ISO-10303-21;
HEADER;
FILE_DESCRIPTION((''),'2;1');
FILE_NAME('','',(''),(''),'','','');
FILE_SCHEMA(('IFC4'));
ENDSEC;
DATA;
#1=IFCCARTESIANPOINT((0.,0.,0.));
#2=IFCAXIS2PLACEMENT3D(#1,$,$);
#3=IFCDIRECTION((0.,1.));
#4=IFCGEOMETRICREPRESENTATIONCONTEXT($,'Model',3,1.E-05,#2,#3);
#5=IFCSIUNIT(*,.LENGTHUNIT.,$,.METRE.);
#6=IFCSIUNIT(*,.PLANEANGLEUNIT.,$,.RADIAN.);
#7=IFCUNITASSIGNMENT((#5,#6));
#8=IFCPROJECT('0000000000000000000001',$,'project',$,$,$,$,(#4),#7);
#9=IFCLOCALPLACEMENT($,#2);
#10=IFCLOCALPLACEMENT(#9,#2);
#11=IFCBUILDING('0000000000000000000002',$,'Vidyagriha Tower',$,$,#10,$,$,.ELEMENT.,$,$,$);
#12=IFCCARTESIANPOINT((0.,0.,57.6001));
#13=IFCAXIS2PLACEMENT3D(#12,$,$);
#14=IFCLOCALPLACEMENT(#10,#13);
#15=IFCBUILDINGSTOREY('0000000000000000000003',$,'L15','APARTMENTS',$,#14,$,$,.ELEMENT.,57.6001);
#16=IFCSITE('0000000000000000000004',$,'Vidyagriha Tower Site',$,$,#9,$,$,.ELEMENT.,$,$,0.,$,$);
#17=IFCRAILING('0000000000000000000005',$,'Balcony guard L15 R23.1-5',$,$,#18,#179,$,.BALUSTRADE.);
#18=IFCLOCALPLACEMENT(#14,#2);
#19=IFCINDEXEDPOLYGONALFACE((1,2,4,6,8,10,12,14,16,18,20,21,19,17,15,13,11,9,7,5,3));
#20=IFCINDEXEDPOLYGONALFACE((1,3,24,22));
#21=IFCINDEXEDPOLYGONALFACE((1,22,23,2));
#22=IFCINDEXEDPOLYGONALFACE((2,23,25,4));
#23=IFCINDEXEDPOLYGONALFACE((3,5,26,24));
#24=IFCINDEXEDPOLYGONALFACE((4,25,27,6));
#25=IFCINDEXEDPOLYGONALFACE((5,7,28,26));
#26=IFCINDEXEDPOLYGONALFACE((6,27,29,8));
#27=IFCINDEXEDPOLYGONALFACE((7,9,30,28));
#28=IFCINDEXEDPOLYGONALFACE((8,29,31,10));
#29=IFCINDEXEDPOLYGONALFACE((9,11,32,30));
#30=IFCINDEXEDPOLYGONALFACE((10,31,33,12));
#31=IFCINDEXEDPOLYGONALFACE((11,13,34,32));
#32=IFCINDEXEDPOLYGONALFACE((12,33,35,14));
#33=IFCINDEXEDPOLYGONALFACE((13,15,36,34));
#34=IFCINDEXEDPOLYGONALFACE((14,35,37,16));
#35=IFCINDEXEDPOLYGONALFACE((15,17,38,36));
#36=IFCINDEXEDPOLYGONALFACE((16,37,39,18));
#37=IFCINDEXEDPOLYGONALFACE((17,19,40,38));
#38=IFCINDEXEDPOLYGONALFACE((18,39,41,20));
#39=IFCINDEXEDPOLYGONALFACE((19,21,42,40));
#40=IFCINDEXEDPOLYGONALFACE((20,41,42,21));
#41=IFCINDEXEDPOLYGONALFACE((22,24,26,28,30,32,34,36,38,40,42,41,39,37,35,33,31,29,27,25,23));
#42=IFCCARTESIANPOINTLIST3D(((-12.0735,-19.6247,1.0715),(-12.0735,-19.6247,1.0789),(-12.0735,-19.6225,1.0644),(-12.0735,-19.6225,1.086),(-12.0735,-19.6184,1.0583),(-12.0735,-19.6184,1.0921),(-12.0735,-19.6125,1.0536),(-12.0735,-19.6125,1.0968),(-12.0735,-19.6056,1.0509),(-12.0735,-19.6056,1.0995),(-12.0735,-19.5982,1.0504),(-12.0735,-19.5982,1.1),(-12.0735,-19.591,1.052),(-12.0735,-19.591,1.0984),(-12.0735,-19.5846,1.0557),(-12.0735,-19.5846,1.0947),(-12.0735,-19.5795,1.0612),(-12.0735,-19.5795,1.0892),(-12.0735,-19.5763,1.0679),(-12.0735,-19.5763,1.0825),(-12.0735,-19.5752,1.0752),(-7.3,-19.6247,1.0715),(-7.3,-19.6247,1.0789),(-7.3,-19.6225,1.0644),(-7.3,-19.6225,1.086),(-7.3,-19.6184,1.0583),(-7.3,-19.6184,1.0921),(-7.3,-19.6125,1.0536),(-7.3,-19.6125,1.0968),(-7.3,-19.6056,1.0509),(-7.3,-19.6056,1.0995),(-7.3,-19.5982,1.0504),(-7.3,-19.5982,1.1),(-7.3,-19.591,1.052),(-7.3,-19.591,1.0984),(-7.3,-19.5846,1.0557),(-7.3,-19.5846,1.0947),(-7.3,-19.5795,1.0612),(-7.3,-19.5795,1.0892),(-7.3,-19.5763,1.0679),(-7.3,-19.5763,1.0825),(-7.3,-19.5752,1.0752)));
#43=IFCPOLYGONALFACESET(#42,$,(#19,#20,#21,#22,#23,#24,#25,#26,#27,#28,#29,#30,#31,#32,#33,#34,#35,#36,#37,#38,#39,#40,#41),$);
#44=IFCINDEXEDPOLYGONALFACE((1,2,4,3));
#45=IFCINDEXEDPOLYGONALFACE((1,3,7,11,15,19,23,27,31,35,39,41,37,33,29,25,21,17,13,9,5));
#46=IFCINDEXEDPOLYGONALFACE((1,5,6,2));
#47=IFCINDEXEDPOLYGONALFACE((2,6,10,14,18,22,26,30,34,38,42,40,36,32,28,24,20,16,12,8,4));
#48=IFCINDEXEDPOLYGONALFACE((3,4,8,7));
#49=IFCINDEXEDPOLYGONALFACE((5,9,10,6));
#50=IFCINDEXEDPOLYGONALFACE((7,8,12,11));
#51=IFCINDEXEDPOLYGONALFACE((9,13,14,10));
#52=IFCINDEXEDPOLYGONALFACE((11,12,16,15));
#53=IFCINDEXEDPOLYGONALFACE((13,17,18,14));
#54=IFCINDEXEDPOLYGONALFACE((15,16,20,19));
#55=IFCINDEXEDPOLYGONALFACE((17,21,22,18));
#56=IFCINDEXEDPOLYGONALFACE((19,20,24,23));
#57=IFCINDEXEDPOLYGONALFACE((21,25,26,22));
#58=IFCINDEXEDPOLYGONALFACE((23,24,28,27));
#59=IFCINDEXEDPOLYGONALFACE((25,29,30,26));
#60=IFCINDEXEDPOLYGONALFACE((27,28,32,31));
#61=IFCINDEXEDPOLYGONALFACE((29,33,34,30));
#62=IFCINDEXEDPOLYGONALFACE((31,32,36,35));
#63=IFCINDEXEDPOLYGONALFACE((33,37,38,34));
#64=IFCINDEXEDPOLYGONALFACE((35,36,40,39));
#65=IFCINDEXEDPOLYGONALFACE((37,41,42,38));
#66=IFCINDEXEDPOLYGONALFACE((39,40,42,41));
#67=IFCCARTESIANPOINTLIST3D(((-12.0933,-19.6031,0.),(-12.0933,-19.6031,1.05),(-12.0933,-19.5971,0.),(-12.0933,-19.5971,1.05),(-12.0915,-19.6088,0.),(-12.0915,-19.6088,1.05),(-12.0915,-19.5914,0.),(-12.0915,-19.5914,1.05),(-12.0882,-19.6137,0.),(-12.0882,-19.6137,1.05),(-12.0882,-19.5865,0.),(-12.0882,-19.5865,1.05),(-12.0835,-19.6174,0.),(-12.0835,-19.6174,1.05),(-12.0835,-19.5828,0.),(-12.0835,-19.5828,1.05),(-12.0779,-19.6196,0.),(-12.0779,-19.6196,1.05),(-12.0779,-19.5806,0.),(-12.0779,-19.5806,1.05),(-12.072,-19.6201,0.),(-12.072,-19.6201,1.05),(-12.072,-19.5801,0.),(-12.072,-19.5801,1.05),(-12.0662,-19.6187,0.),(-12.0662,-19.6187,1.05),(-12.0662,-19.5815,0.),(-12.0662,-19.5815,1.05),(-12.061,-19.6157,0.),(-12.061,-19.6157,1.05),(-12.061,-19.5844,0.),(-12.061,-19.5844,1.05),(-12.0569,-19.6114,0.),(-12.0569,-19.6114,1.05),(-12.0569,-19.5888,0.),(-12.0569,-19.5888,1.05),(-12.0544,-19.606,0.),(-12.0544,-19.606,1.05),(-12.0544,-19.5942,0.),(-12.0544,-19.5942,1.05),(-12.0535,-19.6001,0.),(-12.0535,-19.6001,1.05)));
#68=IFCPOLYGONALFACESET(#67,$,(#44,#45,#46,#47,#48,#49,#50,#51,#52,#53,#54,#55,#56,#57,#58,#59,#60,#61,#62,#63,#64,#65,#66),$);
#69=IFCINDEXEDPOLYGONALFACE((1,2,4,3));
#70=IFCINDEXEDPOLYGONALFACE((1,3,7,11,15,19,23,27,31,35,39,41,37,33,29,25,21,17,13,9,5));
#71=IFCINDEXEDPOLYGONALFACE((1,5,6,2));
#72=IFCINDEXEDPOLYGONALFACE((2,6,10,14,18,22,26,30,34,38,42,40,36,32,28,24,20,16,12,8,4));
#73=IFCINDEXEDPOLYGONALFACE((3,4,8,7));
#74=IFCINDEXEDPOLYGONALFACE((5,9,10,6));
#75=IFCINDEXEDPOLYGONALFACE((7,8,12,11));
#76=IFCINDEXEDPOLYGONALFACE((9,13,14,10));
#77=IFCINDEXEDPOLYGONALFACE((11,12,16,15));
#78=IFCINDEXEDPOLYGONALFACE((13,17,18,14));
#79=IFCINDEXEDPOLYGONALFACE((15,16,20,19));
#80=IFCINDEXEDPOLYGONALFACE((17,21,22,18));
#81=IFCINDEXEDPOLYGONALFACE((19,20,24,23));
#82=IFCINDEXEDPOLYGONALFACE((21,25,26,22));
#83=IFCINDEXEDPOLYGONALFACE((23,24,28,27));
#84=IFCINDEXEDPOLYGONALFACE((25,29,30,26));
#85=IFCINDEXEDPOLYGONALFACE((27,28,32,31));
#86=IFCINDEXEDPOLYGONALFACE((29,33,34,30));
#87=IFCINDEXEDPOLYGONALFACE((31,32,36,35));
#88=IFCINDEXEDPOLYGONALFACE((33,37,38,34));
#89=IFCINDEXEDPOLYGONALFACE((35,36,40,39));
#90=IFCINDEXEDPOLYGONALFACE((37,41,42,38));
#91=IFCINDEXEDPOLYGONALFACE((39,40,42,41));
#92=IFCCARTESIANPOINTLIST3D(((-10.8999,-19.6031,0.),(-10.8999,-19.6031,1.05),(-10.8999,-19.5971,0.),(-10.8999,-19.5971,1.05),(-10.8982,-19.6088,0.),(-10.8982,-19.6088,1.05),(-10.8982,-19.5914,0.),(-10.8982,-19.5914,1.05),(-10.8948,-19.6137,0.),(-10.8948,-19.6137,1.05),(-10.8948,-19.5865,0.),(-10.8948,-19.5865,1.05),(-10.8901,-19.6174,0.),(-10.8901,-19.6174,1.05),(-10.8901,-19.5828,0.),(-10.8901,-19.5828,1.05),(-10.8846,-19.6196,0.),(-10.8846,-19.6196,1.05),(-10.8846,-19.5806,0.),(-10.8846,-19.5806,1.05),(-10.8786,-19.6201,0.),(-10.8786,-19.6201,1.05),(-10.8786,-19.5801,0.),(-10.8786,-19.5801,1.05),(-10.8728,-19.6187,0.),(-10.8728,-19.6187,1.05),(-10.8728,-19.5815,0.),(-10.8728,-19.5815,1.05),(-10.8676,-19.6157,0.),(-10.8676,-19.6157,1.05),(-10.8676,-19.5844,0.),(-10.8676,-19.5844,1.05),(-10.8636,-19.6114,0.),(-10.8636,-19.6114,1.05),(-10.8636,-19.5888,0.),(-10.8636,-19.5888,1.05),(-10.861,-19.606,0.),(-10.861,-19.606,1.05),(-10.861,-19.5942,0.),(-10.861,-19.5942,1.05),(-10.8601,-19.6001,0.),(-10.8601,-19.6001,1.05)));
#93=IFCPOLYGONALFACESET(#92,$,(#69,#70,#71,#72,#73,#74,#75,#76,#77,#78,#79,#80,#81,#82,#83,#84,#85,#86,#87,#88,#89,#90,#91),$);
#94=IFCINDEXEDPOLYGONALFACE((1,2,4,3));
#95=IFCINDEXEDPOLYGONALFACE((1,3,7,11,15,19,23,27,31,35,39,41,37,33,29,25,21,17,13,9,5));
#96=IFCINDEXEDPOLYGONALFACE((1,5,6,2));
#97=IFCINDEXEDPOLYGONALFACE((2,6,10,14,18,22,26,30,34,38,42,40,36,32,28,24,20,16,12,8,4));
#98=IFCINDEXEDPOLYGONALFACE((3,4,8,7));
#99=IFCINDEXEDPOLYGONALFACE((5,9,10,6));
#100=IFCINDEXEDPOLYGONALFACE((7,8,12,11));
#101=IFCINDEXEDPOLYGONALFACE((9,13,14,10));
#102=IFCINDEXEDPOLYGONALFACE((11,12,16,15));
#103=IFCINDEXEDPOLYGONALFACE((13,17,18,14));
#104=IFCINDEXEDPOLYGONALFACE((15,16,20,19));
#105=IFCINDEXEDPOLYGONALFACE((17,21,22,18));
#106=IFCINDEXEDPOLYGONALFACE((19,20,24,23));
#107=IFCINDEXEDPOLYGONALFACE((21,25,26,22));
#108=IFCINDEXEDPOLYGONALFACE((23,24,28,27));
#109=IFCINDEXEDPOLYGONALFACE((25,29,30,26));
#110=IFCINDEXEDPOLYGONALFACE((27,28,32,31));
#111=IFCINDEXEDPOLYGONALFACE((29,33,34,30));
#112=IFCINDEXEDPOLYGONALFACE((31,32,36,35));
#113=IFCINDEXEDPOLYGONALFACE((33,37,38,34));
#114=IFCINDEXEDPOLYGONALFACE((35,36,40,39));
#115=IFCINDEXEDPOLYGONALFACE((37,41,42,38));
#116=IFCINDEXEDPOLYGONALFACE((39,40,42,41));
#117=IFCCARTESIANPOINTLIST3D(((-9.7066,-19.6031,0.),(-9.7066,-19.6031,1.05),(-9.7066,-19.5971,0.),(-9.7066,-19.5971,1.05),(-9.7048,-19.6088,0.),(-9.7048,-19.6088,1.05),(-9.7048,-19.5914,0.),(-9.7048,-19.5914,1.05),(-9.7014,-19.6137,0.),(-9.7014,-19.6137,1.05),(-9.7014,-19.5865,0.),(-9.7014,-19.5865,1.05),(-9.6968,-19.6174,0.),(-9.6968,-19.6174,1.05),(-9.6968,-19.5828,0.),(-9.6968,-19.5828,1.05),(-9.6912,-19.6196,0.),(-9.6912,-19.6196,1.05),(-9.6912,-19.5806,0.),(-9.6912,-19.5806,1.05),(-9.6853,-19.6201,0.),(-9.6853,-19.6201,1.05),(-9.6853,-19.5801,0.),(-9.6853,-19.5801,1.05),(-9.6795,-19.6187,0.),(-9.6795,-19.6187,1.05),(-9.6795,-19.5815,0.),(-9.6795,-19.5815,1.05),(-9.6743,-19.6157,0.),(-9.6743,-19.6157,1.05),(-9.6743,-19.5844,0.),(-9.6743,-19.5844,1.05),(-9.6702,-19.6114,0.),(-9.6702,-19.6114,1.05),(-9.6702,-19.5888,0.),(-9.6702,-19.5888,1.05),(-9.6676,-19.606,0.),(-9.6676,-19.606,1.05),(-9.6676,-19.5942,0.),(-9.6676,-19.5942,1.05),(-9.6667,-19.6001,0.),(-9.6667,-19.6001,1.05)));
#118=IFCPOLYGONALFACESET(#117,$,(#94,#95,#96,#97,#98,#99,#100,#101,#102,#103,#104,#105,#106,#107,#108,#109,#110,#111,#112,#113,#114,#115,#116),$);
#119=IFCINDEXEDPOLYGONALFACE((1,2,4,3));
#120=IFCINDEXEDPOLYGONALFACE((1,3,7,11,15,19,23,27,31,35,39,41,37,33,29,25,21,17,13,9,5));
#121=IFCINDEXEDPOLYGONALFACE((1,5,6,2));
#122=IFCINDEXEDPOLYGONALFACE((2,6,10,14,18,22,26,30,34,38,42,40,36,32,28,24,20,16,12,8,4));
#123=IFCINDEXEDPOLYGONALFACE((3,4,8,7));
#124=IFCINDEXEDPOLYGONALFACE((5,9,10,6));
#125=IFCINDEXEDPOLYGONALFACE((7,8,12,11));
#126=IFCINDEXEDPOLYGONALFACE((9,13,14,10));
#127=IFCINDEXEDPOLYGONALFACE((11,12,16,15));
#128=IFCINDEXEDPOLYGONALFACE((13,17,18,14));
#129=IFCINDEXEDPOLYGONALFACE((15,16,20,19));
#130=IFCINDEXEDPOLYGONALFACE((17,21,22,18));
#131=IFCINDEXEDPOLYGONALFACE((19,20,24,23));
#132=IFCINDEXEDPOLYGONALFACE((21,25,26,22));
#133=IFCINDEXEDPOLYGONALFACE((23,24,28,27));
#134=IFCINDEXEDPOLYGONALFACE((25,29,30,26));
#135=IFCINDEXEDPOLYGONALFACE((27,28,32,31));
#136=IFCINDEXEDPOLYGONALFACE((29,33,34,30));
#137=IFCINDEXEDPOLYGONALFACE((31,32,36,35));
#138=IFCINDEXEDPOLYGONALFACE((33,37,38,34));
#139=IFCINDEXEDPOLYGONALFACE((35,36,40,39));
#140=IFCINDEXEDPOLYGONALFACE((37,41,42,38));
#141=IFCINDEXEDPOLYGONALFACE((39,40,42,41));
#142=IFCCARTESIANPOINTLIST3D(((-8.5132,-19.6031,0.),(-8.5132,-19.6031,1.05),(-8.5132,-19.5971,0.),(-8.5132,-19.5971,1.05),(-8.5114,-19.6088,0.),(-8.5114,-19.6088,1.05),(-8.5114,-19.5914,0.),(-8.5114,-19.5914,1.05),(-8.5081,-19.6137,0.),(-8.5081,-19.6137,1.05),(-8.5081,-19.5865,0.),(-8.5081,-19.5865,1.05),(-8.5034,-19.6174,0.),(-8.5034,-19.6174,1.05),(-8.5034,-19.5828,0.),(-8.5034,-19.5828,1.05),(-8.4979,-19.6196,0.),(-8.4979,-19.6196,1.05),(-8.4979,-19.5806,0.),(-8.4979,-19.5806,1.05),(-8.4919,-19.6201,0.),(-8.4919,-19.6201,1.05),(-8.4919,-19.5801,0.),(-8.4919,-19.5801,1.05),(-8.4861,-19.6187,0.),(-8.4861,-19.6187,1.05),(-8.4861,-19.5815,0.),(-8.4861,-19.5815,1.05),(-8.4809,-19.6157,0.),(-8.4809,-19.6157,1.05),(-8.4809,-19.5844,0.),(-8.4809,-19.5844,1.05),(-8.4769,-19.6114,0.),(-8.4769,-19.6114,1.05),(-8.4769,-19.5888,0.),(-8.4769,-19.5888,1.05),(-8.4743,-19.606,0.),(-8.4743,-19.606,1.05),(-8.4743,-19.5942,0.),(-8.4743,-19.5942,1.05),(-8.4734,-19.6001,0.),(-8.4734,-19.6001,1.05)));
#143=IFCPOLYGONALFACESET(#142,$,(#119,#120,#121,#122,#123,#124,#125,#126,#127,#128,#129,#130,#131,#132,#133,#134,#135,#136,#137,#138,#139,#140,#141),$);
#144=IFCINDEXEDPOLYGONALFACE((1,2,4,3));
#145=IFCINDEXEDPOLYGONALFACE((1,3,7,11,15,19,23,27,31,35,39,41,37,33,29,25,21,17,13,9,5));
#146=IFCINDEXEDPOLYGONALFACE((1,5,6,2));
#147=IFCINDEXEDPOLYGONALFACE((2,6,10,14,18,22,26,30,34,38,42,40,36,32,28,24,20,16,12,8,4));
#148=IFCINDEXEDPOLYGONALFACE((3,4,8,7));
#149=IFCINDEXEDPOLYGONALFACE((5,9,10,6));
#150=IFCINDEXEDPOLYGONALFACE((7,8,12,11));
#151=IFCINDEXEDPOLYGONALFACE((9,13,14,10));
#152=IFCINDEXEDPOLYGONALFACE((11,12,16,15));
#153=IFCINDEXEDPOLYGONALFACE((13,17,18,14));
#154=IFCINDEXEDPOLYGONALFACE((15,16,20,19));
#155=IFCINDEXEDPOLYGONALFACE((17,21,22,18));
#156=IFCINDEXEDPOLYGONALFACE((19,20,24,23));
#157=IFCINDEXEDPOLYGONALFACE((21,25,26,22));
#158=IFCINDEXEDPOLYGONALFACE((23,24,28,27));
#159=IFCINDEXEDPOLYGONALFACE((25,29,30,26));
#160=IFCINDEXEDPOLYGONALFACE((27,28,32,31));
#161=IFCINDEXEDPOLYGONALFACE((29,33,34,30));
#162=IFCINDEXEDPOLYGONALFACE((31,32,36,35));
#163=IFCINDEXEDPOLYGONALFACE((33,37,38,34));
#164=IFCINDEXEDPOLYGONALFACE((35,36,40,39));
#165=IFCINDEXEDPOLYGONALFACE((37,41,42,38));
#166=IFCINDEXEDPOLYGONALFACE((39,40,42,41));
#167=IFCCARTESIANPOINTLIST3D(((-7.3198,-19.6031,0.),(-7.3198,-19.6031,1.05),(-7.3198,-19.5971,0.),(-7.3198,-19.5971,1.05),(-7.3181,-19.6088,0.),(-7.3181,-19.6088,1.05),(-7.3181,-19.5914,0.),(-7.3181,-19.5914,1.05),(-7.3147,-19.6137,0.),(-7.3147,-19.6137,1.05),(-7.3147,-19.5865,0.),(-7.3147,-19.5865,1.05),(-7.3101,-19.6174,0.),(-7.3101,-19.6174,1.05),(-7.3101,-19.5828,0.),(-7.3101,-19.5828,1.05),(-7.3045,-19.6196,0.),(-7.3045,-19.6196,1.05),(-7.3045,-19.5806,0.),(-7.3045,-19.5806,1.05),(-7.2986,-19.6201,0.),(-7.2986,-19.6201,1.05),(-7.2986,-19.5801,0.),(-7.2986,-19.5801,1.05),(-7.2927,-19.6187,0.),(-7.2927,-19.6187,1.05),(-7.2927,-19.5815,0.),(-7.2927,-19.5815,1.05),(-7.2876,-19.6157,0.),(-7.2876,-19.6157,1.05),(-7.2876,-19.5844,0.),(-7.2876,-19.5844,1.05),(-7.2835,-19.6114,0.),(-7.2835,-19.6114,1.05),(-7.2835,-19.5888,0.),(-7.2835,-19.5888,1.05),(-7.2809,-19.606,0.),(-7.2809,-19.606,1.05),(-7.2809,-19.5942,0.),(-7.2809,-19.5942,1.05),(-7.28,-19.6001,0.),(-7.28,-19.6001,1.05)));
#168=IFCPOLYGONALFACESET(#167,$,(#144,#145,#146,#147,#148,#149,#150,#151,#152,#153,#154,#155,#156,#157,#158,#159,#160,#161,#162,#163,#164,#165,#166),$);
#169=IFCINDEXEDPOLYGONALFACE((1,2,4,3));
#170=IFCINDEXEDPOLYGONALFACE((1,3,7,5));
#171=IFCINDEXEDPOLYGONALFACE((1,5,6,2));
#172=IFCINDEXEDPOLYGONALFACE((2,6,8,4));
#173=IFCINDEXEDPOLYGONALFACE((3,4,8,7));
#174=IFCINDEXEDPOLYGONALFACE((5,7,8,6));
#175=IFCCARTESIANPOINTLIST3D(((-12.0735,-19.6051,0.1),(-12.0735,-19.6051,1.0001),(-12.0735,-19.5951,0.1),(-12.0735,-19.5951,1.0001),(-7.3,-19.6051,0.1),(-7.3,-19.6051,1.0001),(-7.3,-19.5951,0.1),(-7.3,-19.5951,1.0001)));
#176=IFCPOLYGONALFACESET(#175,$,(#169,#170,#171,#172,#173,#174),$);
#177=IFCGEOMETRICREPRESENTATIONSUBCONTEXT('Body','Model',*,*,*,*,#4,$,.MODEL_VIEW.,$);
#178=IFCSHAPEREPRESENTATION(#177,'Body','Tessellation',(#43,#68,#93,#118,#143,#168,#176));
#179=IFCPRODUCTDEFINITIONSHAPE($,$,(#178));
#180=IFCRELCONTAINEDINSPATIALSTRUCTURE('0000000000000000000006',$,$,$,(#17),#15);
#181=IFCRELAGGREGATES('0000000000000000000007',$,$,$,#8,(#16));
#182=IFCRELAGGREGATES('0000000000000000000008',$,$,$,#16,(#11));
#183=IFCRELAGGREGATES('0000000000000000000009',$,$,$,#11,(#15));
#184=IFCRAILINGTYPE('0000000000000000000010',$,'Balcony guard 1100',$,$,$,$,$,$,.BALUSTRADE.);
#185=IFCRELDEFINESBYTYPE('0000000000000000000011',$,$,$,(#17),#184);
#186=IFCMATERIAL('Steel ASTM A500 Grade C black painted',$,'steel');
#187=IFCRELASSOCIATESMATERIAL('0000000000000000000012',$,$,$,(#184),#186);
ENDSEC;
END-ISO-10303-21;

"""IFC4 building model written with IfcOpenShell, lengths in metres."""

from ifc_helpers import new_model, si_unit, direction, frame, origin, origin_2d, place, context, subcontext, project, spatial, rectangle, circle, extrude, material, type_object, element, save


model = new_model("IFC4")

# Units and contexts
model_context = context("Model", 3, precision=1e-05, world=origin(), true_north=direction((0.0, 1.0)))
body_context = subcontext(model_context, "Body", "Model", "MODEL_VIEW")
ifc_project = project(units=[si_unit("LENGTHUNIT", "METRE"), si_unit("PLANEANGLEUNIT", "RADIAN")], contexts=[model_context])

# Site, building, storey
site_placement = place(None, origin())
site = spatial("IfcSite", under=ifc_project, at=site_placement, Name="Vidyagriha Tower Site", CompositionType="ELEMENT", RefElevation=0.0)
building_placement = place(site_placement, origin())
building = spatial("IfcBuilding", under=site, at=building_placement, Name="Vidyagriha Tower", CompositionType="ELEMENT")
storey_placement = place(building_placement, frame((0.0, 0.0, 57.6001)))
storey = spatial("IfcBuildingStorey", under=building, at=storey_placement, Name="L15", Description="APARTMENTS", CompositionType="ELEMENT", Elevation=57.6001)

# Railing
ifc_material_1 = material(Name="Steel ASTM A500 Grade C black painted", Category="steel")
railing_type = type_object("IfcRailingType", Name="Balcony guard 1100", PredefinedType="BALUSTRADE", material=ifc_material_1)
railing_1_placement = place(storey_placement, frame((-12.0735, -19.6001, 0.0)))
element("IfcRailing", 1, at=railing_1_placement, inside=storey, type_object=railing_type, Name="Balcony guard L15 R23.1-5", PredefinedType="BALUSTRADE", context=body_context, shape_type="SweptSolid", body=[
    extrude(circle(Radius=0.0249, at=origin_2d()), frame((0.0, 0.0, 1.0752), z_axis=(1.0, 0.0, 0.0), x_axis=(0.0, 1.0, 0.0)), (0.0, 0.0, 1.0), 4.7734),
    extrude(circle(Radius=0.02, at=origin_2d()), origin(), (0.0, 0.0, 1.0), 1.05),
    extrude(circle(Radius=0.02, at=origin_2d()), frame((1.1934, 0.0, 0.0)), (0.0, 0.0, 1.0), 1.05),
    extrude(circle(Radius=0.02, at=origin_2d()), frame((2.3867, 0.0, 0.0)), (0.0, 0.0, 1.0), 1.05),
    extrude(circle(Radius=0.02, at=origin_2d()), frame((3.5801, 0.0, 0.0)), (0.0, 0.0, 1.0), 1.05),
    extrude(circle(Radius=0.02, at=origin_2d()), frame((4.7734, 0.0, 0.0)), (0.0, 0.0, 1.0), 1.05),
    extrude(rectangle(XDim=0.01, YDim=0.9001, at=origin_2d()), frame((0.0, 0.0, 0.55), z_axis=(1.0, 0.0, 0.0), x_axis=(0.0, 1.0, 0.0)), (0.0, 0.0, 1.0), 4.7734),
])

save(model, "model.ifc")
